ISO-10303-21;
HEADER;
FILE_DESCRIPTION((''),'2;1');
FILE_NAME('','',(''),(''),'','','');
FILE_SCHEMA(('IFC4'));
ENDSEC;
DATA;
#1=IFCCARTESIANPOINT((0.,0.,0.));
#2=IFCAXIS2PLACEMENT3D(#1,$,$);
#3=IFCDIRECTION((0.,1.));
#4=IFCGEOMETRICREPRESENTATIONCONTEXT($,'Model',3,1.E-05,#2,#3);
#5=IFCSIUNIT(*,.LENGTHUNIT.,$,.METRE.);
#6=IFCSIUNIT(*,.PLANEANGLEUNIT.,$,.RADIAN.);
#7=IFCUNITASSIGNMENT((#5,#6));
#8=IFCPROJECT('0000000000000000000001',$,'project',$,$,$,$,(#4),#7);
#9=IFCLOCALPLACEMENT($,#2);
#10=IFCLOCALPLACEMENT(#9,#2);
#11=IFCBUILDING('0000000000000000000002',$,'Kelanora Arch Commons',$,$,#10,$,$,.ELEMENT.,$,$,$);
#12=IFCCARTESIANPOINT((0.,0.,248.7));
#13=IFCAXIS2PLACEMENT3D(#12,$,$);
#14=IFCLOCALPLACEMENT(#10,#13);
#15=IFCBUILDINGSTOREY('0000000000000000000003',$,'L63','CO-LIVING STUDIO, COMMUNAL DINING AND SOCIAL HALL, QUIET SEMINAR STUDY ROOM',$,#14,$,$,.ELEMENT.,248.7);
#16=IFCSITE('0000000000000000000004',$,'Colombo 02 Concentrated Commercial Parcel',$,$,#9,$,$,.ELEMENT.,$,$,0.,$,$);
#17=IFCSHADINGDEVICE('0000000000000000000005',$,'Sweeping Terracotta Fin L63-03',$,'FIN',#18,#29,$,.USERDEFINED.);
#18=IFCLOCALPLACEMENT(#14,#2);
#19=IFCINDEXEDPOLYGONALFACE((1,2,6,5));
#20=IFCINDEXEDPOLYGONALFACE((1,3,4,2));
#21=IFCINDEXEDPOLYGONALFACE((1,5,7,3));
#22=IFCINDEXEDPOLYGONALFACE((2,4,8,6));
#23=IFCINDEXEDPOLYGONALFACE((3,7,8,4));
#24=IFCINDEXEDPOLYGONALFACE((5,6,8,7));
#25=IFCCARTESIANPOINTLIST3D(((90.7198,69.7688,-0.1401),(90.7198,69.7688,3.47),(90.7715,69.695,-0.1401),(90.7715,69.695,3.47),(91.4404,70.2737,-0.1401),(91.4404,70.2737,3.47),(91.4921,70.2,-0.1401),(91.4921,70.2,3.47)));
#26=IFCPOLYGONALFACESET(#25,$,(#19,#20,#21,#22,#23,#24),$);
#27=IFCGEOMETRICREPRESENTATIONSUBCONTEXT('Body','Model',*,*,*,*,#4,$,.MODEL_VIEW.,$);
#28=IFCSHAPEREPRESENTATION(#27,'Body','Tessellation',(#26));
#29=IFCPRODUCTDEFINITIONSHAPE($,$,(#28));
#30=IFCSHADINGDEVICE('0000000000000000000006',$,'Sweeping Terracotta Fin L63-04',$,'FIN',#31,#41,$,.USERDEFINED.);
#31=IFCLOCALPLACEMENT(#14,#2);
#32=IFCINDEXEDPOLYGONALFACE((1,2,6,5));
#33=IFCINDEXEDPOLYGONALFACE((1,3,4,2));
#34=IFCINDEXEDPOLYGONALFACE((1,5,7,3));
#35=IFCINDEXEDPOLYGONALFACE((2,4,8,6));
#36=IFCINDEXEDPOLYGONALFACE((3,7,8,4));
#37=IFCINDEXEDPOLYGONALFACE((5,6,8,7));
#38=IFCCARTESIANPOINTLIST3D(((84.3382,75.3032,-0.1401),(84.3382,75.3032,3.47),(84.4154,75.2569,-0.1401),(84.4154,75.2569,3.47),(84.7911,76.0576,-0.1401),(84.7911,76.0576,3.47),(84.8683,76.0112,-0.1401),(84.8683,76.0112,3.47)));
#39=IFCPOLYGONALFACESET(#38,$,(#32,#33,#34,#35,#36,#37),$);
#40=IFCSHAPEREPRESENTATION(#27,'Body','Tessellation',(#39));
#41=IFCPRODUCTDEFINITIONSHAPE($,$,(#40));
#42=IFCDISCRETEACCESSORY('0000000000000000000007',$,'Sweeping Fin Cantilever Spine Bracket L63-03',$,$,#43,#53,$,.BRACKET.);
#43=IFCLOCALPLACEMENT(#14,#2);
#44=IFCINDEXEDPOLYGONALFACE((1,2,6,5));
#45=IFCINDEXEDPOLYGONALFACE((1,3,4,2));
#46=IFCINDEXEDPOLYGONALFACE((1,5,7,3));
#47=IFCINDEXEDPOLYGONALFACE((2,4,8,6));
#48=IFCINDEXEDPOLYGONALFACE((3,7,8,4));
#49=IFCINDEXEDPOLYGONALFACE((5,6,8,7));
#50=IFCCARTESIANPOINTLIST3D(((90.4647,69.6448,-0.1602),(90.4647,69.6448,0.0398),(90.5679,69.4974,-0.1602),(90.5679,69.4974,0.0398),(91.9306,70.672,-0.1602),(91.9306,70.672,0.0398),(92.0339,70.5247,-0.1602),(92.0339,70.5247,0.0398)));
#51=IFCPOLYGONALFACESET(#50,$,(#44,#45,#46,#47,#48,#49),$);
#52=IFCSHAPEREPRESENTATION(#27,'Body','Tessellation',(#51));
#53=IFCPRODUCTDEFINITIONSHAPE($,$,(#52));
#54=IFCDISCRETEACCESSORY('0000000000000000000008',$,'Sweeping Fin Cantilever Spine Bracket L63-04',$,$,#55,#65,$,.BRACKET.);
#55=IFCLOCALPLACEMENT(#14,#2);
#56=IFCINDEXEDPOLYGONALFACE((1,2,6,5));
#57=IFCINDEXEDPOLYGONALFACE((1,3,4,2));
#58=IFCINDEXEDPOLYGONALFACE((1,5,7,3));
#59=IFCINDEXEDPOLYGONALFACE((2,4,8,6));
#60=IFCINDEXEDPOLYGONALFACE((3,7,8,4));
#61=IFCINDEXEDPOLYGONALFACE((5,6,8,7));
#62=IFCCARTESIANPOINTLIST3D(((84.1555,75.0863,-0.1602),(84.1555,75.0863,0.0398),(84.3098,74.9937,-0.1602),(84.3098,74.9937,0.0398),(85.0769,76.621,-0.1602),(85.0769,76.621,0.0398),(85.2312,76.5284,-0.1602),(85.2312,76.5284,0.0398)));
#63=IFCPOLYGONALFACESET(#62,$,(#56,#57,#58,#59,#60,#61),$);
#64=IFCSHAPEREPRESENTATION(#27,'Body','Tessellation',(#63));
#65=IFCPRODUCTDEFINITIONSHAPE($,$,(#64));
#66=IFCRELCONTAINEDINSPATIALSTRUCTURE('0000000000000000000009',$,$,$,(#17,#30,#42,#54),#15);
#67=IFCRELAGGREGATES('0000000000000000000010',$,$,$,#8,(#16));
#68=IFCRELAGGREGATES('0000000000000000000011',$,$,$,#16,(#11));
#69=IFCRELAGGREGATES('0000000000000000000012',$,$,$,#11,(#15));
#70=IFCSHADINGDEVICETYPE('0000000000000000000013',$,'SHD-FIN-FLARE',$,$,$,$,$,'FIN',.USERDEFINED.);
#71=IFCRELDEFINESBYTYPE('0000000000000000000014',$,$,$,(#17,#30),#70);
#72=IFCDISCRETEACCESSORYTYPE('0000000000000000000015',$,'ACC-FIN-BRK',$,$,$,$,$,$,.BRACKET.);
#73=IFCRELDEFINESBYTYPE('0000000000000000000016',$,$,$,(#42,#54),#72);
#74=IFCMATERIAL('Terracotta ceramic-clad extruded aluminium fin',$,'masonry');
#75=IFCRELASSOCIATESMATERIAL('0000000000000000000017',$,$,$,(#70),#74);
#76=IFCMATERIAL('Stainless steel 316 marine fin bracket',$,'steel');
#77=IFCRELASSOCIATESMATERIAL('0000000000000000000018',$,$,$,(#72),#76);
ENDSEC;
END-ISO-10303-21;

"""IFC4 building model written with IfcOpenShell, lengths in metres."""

from ifc_helpers import new_model, si_unit, direction, frame, origin, origin_2d, place, context, subcontext, project, spatial, rectangle, extrude, source, transform, mapped, material, type_object, element, save


model = new_model("IFC4")

# Units and contexts
model_context = context("Model", 3, precision=1e-05, world=origin(), true_north=direction((0.0, 1.0)))
body_context = subcontext(model_context, "Body", "Model", "MODEL_VIEW")
ifc_project = project(units=[si_unit("LENGTHUNIT", "METRE"), si_unit("PLANEANGLEUNIT", "RADIAN")], contexts=[model_context])

# Site, building, storey
site_placement = place(None, origin())
site = spatial("IfcSite", under=ifc_project, at=site_placement, Name="Colombo 02 Concentrated Commercial Parcel", CompositionType="ELEMENT", RefElevation=0.0)
building_placement = place(site_placement, origin())
building = spatial("IfcBuilding", under=site, at=building_placement, Name="Kelanora Arch Commons", CompositionType="ELEMENT")
storey_placement = place(building_placement, frame((0.0, 0.0, 248.7)))
storey = spatial("IfcBuildingStorey", under=building, at=storey_placement, Name="L63", Description="CO-LIVING STUDIO, COMMUNAL DINING AND SOCIAL HALL, QUIET SEMINAR STUDY ROOM", CompositionType="ELEMENT", Elevation=248.7)

# Shading devices
ifc_material_1 = material(Name="Terracotta ceramic-clad extruded aluminium fin", Category="masonry")
shading_device_type = type_object("IfcShadingDeviceType", Name="SHD-FIN-FLARE", ElementType="FIN", PredefinedType="USERDEFINED", material=ifc_material_1)
shared_shape_1 = source(origin(), body_context, "Body", "SweptSolid", [
    extrude(rectangle(XDim=0.8799, YDim=0.0901, at=origin_2d()), origin(), (0.0, 0.0, 1.0), 3.6101),
])
for number, where, z_axis, x_axis, name in (
    (1, (91.106, 69.9844, -0.1401), (0.0, 0.0, 1.0), (0.818952, 0.573862, 0.0), "Sweeping Terracotta Fin L63-03"),
    (2, (84.6033, 75.6572, -0.1401), (0.0, 0.0, 1.0), (0.514739, 0.857347, 0.0), "Sweeping Terracotta Fin L63-04"),
):
    element("IfcShadingDevice", number, at=place(storey_placement, frame(where, z_axis=z_axis, x_axis=x_axis)), inside=storey, type_object=shading_device_type, Name=name, ObjectType="FIN", PredefinedType="USERDEFINED", context=body_context, shape_type="MappedRepresentation", body=[
        mapped(shared_shape_1, transform((0.0, 0.0, 0.0), scale=1.0)),
    ])

# Discrete accessories
ifc_material_2 = material(Name="Stainless steel 316 marine fin bracket", Category="steel")
discrete_accessory_type = type_object("IfcDiscreteAccessoryType", Name="ACC-FIN-BRK", PredefinedType="BRACKET", material=ifc_material_2)
shared_shape_2 = source(origin(), body_context, "Body", "SweptSolid", [
    extrude(rectangle(XDim=1.79, YDim=0.1799, at=origin_2d()), origin(), (0.0, 0.0, 1.0), 0.2),
])
for number, where, z_axis, x_axis, name in (
    (3, (91.2493, 70.0847, -0.1602), (0.0, 0.0, 1.0), (0.818952, 0.573862, 0.0), "Sweeping Fin Cantilever Spine Bracket L63-03"),
    (4, (84.6934, 75.8074, -0.1602), (0.0, 0.0, 1.0), (0.514739, 0.857347, 0.0), "Sweeping Fin Cantilever Spine Bracket L63-04"),
):
    element("IfcDiscreteAccessory", number, at=place(storey_placement, frame(where, z_axis=z_axis, x_axis=x_axis)), inside=storey, type_object=discrete_accessory_type, Name=name, PredefinedType="BRACKET", context=body_context, shape_type="MappedRepresentation", body=[
        mapped(shared_shape_2, transform((0.0, 0.0, 0.0), scale=1.0)),
    ])

save(model, "model.ifc")
